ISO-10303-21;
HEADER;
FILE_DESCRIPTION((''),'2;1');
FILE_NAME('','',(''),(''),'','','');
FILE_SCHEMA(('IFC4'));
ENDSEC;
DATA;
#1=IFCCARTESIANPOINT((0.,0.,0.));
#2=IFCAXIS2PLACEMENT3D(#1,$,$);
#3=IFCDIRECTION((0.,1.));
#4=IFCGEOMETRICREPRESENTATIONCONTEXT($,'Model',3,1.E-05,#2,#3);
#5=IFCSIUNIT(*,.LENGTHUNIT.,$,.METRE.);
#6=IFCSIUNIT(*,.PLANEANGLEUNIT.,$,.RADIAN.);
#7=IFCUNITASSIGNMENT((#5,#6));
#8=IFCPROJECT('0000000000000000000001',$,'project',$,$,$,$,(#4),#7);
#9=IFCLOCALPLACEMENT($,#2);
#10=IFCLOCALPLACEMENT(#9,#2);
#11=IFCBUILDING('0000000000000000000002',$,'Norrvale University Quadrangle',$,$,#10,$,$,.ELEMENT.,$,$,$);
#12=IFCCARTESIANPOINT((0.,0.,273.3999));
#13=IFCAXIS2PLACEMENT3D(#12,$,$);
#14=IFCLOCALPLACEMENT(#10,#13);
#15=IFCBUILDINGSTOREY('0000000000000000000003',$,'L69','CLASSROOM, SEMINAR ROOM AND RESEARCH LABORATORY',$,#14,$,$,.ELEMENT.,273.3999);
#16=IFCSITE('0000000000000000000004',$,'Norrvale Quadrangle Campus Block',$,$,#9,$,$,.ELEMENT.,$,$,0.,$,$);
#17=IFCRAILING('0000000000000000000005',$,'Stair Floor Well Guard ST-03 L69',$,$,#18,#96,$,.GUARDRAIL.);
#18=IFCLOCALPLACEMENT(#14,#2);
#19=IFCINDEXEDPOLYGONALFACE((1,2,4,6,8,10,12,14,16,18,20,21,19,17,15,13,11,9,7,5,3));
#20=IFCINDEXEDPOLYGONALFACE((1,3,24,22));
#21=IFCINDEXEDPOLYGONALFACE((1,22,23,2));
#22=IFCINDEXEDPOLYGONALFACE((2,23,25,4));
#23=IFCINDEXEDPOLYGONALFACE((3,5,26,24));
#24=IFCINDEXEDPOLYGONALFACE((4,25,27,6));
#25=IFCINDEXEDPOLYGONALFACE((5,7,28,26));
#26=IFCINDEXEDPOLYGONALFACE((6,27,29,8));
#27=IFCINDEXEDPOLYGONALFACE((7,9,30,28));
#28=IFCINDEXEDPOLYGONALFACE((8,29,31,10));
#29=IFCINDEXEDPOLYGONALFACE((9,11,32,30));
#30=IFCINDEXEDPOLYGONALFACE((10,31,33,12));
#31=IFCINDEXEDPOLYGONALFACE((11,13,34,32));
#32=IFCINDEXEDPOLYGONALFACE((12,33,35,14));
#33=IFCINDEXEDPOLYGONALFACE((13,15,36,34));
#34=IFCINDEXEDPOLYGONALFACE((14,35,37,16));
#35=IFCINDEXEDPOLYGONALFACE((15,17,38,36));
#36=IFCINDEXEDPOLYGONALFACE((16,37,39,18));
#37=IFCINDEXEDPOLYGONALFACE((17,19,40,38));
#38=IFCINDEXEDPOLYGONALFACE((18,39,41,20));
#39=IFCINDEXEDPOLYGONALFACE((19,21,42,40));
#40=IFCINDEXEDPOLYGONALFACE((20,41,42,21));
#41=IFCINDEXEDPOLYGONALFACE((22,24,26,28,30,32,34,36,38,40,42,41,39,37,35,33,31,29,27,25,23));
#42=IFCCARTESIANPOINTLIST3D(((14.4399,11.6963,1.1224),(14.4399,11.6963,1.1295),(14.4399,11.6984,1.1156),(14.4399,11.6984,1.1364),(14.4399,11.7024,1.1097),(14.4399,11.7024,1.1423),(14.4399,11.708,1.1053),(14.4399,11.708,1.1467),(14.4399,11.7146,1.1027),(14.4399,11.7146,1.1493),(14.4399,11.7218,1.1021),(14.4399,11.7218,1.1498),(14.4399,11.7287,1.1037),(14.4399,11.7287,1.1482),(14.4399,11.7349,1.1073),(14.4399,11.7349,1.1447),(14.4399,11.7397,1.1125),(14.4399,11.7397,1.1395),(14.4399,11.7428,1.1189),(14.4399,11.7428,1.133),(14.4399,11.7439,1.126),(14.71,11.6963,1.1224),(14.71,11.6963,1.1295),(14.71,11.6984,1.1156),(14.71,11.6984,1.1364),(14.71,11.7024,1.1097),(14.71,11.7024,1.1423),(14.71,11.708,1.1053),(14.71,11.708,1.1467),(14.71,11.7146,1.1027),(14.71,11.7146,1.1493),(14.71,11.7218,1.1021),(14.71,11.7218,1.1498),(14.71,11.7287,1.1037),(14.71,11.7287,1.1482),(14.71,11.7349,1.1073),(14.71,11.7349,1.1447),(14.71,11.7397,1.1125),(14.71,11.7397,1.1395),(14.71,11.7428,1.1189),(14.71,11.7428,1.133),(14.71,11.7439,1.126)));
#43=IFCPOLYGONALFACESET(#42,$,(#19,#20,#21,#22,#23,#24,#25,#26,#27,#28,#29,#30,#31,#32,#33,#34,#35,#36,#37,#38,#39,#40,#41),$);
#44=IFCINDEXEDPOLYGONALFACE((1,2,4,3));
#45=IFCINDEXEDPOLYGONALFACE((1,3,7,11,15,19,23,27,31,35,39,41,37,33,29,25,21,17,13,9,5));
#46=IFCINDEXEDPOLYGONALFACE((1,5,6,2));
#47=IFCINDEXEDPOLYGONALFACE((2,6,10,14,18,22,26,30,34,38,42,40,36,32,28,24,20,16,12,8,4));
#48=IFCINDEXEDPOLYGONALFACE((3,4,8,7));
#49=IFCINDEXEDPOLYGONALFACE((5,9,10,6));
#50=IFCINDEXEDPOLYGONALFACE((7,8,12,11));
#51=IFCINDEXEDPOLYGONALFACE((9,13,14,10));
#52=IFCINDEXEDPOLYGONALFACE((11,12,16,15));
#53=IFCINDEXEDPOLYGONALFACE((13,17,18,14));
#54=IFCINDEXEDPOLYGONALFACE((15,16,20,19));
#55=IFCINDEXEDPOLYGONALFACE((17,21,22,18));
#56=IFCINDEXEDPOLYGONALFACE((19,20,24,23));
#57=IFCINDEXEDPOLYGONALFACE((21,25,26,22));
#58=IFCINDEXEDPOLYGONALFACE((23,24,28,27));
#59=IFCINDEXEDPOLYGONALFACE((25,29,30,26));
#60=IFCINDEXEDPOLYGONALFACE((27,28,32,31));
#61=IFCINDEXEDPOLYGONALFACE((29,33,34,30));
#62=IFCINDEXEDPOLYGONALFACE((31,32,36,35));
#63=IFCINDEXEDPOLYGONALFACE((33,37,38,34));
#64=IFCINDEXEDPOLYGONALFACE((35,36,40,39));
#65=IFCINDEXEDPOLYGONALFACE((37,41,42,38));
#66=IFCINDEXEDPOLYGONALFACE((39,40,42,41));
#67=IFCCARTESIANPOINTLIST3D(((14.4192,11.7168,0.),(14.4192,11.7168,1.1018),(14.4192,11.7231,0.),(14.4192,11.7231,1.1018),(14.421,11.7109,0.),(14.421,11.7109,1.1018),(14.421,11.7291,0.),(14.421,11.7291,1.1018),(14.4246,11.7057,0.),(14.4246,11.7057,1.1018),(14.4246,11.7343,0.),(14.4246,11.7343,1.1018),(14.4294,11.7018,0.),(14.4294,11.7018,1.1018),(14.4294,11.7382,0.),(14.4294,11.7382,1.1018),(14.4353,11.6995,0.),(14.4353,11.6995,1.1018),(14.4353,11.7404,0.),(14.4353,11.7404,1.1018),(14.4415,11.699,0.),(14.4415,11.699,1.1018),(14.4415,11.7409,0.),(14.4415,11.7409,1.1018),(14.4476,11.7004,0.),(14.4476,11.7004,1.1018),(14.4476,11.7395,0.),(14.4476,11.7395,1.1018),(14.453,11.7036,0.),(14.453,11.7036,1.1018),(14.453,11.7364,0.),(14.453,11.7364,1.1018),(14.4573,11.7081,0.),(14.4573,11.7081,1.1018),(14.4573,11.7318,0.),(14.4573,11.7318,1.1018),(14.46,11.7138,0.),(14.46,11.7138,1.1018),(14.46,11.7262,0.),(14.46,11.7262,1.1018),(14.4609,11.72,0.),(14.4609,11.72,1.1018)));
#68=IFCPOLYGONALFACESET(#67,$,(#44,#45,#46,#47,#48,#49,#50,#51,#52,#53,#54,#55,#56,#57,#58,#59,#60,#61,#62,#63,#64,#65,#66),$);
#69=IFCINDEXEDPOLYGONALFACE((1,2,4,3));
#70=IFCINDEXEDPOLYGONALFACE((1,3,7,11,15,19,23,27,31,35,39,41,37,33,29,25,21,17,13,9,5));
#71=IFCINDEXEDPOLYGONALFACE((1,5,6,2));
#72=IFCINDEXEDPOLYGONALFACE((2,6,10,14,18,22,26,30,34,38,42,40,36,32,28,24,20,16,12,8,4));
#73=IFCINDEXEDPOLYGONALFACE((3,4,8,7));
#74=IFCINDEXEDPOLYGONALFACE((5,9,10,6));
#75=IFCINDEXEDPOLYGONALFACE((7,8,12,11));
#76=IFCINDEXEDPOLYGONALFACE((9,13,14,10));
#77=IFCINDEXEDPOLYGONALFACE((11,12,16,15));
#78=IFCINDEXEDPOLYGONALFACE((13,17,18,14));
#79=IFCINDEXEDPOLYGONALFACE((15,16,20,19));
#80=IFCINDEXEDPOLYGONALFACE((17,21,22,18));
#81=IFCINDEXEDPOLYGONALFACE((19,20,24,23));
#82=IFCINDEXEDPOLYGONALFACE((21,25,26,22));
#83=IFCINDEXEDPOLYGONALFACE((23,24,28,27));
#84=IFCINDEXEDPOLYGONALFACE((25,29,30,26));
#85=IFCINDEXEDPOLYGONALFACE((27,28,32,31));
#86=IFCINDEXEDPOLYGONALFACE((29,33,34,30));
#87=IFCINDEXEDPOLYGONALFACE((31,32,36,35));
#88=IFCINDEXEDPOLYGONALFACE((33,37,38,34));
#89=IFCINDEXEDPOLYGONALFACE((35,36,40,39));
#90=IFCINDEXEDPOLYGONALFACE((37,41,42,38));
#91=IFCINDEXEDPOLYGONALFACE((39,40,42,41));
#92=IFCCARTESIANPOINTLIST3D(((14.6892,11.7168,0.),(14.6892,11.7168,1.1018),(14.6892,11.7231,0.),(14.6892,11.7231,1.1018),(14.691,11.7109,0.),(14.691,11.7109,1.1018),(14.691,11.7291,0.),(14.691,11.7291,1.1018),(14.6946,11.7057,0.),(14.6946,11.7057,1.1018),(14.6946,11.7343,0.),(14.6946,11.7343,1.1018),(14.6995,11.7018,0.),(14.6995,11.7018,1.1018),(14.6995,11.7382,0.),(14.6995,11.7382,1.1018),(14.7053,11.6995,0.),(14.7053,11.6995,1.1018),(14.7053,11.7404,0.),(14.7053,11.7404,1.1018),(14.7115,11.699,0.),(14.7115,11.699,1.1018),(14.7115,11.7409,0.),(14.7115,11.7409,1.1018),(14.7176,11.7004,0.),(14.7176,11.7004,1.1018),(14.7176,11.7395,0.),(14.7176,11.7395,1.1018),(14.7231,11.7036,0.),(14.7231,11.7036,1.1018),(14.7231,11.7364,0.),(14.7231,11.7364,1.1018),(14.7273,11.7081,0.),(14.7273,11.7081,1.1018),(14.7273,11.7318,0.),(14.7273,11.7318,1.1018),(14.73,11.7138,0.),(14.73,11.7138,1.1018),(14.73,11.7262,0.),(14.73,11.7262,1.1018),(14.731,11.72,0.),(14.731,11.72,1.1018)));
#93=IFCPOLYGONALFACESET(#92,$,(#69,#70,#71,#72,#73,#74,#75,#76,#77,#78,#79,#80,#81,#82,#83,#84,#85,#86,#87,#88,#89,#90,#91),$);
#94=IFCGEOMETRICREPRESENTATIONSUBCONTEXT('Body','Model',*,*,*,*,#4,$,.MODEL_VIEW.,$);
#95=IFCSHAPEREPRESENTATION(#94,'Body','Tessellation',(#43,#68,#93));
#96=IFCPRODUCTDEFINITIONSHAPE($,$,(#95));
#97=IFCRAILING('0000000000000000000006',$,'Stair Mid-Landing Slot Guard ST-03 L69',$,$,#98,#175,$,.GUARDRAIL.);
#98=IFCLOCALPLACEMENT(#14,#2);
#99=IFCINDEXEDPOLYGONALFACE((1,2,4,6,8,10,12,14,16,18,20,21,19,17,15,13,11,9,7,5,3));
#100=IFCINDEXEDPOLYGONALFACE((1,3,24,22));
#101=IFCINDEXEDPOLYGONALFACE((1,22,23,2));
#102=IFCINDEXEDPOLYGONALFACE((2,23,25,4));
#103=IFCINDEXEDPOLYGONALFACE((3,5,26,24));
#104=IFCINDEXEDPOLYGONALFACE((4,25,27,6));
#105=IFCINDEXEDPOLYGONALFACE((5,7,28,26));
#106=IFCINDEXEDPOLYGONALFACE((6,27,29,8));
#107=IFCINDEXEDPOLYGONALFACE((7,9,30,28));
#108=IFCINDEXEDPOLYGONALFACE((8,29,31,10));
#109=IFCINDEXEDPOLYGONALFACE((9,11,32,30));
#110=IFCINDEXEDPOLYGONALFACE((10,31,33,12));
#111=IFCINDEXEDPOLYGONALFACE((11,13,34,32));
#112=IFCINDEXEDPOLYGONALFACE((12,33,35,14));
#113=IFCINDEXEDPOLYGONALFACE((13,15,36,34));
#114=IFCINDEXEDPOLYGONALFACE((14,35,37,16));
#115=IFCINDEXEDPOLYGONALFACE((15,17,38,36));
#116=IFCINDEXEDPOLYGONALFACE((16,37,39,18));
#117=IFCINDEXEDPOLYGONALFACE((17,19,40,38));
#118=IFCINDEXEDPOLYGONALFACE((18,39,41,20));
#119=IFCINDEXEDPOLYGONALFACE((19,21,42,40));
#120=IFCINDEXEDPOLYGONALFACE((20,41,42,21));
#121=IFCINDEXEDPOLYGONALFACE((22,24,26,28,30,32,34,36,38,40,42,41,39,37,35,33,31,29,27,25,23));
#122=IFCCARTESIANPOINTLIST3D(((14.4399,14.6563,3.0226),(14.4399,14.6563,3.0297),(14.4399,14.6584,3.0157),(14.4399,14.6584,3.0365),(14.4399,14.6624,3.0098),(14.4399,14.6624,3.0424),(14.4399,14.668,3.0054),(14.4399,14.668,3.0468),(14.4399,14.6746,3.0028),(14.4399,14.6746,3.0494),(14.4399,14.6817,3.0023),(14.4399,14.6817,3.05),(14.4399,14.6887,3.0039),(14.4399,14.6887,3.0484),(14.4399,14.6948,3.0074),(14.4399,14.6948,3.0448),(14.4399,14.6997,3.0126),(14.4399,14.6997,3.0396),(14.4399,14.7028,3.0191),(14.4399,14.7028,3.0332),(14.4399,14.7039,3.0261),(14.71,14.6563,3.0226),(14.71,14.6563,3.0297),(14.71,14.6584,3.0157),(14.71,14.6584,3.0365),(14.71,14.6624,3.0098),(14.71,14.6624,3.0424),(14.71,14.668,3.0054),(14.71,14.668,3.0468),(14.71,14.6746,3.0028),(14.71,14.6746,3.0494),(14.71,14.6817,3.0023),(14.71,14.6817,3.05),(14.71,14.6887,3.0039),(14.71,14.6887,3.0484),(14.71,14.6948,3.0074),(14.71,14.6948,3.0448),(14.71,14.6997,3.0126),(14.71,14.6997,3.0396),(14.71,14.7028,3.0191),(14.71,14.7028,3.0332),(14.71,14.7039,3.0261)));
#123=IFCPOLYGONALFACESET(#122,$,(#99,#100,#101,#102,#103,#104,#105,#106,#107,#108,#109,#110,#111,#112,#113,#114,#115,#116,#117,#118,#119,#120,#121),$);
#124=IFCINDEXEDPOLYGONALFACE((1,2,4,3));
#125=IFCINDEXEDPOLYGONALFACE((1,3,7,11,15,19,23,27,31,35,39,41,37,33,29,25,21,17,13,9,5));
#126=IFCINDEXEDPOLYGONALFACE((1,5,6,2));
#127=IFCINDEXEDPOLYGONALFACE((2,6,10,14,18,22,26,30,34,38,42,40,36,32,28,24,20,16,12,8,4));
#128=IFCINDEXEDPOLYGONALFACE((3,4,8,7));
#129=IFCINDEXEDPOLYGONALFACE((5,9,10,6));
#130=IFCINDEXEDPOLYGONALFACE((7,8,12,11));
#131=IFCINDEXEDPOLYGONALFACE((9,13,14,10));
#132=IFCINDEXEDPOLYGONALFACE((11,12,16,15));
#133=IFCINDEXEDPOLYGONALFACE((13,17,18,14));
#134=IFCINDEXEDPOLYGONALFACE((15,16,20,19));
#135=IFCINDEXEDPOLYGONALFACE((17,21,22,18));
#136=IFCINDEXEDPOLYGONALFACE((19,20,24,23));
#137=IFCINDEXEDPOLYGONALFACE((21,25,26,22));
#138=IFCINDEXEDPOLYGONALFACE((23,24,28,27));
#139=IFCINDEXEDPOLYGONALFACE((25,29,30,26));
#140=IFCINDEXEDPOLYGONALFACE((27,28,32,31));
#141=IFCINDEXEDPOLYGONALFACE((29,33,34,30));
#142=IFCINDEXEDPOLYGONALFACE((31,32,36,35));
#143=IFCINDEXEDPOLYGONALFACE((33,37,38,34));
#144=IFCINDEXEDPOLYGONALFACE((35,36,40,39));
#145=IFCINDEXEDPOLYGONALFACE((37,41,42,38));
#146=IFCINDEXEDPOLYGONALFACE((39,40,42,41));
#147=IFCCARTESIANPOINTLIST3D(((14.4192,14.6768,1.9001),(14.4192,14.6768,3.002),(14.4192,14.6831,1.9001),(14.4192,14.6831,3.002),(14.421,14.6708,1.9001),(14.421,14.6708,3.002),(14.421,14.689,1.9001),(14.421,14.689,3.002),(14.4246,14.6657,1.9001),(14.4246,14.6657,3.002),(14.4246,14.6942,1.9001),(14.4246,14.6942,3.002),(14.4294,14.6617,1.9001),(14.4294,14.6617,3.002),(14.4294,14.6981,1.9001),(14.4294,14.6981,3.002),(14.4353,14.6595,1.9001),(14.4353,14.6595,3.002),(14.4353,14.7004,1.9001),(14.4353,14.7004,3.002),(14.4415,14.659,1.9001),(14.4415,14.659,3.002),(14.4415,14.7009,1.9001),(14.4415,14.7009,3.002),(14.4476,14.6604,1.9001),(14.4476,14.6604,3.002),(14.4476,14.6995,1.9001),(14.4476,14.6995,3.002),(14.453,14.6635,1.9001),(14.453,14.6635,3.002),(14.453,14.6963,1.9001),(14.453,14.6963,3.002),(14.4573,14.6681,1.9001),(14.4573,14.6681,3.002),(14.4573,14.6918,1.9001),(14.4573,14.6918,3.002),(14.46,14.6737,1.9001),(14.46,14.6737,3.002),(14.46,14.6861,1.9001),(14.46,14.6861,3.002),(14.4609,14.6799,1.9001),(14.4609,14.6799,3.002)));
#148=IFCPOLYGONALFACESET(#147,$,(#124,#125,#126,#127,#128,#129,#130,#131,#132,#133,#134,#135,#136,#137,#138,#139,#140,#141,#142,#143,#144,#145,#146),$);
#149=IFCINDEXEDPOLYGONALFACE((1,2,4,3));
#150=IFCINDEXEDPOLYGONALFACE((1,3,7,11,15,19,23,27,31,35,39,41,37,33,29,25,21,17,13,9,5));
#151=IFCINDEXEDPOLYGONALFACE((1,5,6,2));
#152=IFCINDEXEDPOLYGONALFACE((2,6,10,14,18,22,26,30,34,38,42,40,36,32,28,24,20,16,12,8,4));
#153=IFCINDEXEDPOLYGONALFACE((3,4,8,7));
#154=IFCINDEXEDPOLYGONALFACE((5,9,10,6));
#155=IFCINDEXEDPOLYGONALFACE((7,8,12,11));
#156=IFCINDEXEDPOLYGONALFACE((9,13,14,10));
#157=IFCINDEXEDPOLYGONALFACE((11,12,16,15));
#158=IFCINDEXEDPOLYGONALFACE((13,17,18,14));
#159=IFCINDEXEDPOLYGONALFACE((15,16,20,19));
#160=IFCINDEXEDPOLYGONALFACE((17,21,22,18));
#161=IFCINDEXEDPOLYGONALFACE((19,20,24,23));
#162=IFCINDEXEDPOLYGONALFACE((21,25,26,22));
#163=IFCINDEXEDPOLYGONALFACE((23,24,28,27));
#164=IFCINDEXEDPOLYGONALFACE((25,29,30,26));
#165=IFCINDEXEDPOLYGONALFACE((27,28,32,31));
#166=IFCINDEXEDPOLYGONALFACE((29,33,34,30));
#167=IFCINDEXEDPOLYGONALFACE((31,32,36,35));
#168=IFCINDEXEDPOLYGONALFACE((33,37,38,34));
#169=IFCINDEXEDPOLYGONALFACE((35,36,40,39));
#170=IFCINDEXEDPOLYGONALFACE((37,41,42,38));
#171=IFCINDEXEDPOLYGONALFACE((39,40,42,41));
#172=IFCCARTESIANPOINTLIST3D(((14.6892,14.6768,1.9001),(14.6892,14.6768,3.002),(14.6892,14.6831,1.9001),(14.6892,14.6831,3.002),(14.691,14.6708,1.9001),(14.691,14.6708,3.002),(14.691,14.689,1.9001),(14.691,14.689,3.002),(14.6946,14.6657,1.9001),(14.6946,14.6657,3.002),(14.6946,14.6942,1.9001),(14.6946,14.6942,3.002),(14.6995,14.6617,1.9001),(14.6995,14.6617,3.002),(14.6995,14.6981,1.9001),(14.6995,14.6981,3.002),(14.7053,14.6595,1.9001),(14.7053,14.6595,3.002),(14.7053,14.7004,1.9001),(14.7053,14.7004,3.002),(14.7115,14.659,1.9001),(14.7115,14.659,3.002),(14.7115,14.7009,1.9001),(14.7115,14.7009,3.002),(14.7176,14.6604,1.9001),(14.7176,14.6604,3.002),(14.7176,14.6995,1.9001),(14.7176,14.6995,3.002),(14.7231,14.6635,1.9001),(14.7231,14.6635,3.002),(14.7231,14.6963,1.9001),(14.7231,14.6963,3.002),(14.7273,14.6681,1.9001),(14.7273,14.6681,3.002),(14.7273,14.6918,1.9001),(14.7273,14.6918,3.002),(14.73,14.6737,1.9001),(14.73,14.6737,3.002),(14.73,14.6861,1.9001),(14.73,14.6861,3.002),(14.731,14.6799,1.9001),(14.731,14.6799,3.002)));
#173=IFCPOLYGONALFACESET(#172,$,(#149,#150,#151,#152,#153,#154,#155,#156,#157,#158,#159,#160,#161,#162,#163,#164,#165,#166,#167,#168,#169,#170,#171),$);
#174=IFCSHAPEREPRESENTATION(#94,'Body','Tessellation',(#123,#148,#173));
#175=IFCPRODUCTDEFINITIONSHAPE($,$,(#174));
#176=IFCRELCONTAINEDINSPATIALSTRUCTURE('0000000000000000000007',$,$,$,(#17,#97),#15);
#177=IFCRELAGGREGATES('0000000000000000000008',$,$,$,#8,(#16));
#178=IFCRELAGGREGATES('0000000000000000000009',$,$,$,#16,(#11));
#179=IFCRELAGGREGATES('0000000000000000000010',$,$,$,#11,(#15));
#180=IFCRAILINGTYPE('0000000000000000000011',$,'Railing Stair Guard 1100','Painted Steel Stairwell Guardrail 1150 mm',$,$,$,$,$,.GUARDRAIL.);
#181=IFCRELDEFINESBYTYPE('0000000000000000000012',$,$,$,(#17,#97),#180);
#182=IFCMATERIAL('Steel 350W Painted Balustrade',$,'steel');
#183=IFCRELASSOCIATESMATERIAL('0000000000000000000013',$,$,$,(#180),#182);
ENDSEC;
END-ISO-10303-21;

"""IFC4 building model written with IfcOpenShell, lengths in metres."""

from ifc_helpers import new_model, si_unit, direction, frame, origin, origin_2d, place, context, subcontext, project, spatial, circle, extrude, material, type_object, element, save


model = new_model("IFC4")

# Units and contexts
model_context = context("Model", 3, precision=1e-05, world=origin(), true_north=direction((0.0, 1.0)))
body_context = subcontext(model_context, "Body", "Model", "MODEL_VIEW")
ifc_project = project(units=[si_unit("LENGTHUNIT", "METRE"), si_unit("PLANEANGLEUNIT", "RADIAN")], contexts=[model_context])

# Site, building, storey
site_placement = place(None, origin())
site = spatial("IfcSite", under=ifc_project, at=site_placement, Name="Norrvale Quadrangle Campus Block", CompositionType="ELEMENT", RefElevation=0.0)
building_placement = place(site_placement, origin())
building = spatial("IfcBuilding", under=site, at=building_placement, Name="Norrvale University Quadrangle", CompositionType="ELEMENT")
storey_placement = place(building_placement, frame((0.0, 0.0, 273.3999)))
storey = spatial("IfcBuildingStorey", under=building, at=storey_placement, Name="L69", Description="CLASSROOM, SEMINAR ROOM AND RESEARCH LABORATORY", CompositionType="ELEMENT", Elevation=273.3999)

# Railings
ifc_material_1 = material(Name="Steel 350W Painted Balustrade", Category="steel")
railing_type_1 = type_object("IfcRailingType", Name="Railing Stair Guard 1100", Description="Painted Steel Stairwell Guardrail 1150 mm", PredefinedType="GUARDRAIL", material=ifc_material_1)
for number, where, name in (
    (1, (14.4399, 11.72, 0.0), "Stair Floor Well Guard ST-03 L69"),
    (2, (14.4399, 14.6799, 1.9001), "Stair Mid-Landing Slot Guard ST-03 L69"),
):
    element("IfcRailing", number, at=place(storey_placement, frame(where)), inside=storey, type_object=railing_type_1, Name=name, PredefinedType="GUARDRAIL", context=body_context, shape_type="SweptSolid", body=[
        extrude(circle(Radius=0.0239, at=origin_2d()), frame((0.0, 0.0, 1.126), z_axis=(1.0, 0.0, 0.0), x_axis=(0.0, 1.0, 0.0)), (0.0, 0.0, 1.0), 0.27),
        extrude(circle(Radius=0.021, at=origin_2d()), origin(), (0.0, 0.0, 1.0), 1.1018),
        extrude(circle(Radius=0.021, at=origin_2d()), frame((0.27, 0.0, 0.0)), (0.0, 0.0, 1.0), 1.1018),
    ])

save(model, "model.ifc")
